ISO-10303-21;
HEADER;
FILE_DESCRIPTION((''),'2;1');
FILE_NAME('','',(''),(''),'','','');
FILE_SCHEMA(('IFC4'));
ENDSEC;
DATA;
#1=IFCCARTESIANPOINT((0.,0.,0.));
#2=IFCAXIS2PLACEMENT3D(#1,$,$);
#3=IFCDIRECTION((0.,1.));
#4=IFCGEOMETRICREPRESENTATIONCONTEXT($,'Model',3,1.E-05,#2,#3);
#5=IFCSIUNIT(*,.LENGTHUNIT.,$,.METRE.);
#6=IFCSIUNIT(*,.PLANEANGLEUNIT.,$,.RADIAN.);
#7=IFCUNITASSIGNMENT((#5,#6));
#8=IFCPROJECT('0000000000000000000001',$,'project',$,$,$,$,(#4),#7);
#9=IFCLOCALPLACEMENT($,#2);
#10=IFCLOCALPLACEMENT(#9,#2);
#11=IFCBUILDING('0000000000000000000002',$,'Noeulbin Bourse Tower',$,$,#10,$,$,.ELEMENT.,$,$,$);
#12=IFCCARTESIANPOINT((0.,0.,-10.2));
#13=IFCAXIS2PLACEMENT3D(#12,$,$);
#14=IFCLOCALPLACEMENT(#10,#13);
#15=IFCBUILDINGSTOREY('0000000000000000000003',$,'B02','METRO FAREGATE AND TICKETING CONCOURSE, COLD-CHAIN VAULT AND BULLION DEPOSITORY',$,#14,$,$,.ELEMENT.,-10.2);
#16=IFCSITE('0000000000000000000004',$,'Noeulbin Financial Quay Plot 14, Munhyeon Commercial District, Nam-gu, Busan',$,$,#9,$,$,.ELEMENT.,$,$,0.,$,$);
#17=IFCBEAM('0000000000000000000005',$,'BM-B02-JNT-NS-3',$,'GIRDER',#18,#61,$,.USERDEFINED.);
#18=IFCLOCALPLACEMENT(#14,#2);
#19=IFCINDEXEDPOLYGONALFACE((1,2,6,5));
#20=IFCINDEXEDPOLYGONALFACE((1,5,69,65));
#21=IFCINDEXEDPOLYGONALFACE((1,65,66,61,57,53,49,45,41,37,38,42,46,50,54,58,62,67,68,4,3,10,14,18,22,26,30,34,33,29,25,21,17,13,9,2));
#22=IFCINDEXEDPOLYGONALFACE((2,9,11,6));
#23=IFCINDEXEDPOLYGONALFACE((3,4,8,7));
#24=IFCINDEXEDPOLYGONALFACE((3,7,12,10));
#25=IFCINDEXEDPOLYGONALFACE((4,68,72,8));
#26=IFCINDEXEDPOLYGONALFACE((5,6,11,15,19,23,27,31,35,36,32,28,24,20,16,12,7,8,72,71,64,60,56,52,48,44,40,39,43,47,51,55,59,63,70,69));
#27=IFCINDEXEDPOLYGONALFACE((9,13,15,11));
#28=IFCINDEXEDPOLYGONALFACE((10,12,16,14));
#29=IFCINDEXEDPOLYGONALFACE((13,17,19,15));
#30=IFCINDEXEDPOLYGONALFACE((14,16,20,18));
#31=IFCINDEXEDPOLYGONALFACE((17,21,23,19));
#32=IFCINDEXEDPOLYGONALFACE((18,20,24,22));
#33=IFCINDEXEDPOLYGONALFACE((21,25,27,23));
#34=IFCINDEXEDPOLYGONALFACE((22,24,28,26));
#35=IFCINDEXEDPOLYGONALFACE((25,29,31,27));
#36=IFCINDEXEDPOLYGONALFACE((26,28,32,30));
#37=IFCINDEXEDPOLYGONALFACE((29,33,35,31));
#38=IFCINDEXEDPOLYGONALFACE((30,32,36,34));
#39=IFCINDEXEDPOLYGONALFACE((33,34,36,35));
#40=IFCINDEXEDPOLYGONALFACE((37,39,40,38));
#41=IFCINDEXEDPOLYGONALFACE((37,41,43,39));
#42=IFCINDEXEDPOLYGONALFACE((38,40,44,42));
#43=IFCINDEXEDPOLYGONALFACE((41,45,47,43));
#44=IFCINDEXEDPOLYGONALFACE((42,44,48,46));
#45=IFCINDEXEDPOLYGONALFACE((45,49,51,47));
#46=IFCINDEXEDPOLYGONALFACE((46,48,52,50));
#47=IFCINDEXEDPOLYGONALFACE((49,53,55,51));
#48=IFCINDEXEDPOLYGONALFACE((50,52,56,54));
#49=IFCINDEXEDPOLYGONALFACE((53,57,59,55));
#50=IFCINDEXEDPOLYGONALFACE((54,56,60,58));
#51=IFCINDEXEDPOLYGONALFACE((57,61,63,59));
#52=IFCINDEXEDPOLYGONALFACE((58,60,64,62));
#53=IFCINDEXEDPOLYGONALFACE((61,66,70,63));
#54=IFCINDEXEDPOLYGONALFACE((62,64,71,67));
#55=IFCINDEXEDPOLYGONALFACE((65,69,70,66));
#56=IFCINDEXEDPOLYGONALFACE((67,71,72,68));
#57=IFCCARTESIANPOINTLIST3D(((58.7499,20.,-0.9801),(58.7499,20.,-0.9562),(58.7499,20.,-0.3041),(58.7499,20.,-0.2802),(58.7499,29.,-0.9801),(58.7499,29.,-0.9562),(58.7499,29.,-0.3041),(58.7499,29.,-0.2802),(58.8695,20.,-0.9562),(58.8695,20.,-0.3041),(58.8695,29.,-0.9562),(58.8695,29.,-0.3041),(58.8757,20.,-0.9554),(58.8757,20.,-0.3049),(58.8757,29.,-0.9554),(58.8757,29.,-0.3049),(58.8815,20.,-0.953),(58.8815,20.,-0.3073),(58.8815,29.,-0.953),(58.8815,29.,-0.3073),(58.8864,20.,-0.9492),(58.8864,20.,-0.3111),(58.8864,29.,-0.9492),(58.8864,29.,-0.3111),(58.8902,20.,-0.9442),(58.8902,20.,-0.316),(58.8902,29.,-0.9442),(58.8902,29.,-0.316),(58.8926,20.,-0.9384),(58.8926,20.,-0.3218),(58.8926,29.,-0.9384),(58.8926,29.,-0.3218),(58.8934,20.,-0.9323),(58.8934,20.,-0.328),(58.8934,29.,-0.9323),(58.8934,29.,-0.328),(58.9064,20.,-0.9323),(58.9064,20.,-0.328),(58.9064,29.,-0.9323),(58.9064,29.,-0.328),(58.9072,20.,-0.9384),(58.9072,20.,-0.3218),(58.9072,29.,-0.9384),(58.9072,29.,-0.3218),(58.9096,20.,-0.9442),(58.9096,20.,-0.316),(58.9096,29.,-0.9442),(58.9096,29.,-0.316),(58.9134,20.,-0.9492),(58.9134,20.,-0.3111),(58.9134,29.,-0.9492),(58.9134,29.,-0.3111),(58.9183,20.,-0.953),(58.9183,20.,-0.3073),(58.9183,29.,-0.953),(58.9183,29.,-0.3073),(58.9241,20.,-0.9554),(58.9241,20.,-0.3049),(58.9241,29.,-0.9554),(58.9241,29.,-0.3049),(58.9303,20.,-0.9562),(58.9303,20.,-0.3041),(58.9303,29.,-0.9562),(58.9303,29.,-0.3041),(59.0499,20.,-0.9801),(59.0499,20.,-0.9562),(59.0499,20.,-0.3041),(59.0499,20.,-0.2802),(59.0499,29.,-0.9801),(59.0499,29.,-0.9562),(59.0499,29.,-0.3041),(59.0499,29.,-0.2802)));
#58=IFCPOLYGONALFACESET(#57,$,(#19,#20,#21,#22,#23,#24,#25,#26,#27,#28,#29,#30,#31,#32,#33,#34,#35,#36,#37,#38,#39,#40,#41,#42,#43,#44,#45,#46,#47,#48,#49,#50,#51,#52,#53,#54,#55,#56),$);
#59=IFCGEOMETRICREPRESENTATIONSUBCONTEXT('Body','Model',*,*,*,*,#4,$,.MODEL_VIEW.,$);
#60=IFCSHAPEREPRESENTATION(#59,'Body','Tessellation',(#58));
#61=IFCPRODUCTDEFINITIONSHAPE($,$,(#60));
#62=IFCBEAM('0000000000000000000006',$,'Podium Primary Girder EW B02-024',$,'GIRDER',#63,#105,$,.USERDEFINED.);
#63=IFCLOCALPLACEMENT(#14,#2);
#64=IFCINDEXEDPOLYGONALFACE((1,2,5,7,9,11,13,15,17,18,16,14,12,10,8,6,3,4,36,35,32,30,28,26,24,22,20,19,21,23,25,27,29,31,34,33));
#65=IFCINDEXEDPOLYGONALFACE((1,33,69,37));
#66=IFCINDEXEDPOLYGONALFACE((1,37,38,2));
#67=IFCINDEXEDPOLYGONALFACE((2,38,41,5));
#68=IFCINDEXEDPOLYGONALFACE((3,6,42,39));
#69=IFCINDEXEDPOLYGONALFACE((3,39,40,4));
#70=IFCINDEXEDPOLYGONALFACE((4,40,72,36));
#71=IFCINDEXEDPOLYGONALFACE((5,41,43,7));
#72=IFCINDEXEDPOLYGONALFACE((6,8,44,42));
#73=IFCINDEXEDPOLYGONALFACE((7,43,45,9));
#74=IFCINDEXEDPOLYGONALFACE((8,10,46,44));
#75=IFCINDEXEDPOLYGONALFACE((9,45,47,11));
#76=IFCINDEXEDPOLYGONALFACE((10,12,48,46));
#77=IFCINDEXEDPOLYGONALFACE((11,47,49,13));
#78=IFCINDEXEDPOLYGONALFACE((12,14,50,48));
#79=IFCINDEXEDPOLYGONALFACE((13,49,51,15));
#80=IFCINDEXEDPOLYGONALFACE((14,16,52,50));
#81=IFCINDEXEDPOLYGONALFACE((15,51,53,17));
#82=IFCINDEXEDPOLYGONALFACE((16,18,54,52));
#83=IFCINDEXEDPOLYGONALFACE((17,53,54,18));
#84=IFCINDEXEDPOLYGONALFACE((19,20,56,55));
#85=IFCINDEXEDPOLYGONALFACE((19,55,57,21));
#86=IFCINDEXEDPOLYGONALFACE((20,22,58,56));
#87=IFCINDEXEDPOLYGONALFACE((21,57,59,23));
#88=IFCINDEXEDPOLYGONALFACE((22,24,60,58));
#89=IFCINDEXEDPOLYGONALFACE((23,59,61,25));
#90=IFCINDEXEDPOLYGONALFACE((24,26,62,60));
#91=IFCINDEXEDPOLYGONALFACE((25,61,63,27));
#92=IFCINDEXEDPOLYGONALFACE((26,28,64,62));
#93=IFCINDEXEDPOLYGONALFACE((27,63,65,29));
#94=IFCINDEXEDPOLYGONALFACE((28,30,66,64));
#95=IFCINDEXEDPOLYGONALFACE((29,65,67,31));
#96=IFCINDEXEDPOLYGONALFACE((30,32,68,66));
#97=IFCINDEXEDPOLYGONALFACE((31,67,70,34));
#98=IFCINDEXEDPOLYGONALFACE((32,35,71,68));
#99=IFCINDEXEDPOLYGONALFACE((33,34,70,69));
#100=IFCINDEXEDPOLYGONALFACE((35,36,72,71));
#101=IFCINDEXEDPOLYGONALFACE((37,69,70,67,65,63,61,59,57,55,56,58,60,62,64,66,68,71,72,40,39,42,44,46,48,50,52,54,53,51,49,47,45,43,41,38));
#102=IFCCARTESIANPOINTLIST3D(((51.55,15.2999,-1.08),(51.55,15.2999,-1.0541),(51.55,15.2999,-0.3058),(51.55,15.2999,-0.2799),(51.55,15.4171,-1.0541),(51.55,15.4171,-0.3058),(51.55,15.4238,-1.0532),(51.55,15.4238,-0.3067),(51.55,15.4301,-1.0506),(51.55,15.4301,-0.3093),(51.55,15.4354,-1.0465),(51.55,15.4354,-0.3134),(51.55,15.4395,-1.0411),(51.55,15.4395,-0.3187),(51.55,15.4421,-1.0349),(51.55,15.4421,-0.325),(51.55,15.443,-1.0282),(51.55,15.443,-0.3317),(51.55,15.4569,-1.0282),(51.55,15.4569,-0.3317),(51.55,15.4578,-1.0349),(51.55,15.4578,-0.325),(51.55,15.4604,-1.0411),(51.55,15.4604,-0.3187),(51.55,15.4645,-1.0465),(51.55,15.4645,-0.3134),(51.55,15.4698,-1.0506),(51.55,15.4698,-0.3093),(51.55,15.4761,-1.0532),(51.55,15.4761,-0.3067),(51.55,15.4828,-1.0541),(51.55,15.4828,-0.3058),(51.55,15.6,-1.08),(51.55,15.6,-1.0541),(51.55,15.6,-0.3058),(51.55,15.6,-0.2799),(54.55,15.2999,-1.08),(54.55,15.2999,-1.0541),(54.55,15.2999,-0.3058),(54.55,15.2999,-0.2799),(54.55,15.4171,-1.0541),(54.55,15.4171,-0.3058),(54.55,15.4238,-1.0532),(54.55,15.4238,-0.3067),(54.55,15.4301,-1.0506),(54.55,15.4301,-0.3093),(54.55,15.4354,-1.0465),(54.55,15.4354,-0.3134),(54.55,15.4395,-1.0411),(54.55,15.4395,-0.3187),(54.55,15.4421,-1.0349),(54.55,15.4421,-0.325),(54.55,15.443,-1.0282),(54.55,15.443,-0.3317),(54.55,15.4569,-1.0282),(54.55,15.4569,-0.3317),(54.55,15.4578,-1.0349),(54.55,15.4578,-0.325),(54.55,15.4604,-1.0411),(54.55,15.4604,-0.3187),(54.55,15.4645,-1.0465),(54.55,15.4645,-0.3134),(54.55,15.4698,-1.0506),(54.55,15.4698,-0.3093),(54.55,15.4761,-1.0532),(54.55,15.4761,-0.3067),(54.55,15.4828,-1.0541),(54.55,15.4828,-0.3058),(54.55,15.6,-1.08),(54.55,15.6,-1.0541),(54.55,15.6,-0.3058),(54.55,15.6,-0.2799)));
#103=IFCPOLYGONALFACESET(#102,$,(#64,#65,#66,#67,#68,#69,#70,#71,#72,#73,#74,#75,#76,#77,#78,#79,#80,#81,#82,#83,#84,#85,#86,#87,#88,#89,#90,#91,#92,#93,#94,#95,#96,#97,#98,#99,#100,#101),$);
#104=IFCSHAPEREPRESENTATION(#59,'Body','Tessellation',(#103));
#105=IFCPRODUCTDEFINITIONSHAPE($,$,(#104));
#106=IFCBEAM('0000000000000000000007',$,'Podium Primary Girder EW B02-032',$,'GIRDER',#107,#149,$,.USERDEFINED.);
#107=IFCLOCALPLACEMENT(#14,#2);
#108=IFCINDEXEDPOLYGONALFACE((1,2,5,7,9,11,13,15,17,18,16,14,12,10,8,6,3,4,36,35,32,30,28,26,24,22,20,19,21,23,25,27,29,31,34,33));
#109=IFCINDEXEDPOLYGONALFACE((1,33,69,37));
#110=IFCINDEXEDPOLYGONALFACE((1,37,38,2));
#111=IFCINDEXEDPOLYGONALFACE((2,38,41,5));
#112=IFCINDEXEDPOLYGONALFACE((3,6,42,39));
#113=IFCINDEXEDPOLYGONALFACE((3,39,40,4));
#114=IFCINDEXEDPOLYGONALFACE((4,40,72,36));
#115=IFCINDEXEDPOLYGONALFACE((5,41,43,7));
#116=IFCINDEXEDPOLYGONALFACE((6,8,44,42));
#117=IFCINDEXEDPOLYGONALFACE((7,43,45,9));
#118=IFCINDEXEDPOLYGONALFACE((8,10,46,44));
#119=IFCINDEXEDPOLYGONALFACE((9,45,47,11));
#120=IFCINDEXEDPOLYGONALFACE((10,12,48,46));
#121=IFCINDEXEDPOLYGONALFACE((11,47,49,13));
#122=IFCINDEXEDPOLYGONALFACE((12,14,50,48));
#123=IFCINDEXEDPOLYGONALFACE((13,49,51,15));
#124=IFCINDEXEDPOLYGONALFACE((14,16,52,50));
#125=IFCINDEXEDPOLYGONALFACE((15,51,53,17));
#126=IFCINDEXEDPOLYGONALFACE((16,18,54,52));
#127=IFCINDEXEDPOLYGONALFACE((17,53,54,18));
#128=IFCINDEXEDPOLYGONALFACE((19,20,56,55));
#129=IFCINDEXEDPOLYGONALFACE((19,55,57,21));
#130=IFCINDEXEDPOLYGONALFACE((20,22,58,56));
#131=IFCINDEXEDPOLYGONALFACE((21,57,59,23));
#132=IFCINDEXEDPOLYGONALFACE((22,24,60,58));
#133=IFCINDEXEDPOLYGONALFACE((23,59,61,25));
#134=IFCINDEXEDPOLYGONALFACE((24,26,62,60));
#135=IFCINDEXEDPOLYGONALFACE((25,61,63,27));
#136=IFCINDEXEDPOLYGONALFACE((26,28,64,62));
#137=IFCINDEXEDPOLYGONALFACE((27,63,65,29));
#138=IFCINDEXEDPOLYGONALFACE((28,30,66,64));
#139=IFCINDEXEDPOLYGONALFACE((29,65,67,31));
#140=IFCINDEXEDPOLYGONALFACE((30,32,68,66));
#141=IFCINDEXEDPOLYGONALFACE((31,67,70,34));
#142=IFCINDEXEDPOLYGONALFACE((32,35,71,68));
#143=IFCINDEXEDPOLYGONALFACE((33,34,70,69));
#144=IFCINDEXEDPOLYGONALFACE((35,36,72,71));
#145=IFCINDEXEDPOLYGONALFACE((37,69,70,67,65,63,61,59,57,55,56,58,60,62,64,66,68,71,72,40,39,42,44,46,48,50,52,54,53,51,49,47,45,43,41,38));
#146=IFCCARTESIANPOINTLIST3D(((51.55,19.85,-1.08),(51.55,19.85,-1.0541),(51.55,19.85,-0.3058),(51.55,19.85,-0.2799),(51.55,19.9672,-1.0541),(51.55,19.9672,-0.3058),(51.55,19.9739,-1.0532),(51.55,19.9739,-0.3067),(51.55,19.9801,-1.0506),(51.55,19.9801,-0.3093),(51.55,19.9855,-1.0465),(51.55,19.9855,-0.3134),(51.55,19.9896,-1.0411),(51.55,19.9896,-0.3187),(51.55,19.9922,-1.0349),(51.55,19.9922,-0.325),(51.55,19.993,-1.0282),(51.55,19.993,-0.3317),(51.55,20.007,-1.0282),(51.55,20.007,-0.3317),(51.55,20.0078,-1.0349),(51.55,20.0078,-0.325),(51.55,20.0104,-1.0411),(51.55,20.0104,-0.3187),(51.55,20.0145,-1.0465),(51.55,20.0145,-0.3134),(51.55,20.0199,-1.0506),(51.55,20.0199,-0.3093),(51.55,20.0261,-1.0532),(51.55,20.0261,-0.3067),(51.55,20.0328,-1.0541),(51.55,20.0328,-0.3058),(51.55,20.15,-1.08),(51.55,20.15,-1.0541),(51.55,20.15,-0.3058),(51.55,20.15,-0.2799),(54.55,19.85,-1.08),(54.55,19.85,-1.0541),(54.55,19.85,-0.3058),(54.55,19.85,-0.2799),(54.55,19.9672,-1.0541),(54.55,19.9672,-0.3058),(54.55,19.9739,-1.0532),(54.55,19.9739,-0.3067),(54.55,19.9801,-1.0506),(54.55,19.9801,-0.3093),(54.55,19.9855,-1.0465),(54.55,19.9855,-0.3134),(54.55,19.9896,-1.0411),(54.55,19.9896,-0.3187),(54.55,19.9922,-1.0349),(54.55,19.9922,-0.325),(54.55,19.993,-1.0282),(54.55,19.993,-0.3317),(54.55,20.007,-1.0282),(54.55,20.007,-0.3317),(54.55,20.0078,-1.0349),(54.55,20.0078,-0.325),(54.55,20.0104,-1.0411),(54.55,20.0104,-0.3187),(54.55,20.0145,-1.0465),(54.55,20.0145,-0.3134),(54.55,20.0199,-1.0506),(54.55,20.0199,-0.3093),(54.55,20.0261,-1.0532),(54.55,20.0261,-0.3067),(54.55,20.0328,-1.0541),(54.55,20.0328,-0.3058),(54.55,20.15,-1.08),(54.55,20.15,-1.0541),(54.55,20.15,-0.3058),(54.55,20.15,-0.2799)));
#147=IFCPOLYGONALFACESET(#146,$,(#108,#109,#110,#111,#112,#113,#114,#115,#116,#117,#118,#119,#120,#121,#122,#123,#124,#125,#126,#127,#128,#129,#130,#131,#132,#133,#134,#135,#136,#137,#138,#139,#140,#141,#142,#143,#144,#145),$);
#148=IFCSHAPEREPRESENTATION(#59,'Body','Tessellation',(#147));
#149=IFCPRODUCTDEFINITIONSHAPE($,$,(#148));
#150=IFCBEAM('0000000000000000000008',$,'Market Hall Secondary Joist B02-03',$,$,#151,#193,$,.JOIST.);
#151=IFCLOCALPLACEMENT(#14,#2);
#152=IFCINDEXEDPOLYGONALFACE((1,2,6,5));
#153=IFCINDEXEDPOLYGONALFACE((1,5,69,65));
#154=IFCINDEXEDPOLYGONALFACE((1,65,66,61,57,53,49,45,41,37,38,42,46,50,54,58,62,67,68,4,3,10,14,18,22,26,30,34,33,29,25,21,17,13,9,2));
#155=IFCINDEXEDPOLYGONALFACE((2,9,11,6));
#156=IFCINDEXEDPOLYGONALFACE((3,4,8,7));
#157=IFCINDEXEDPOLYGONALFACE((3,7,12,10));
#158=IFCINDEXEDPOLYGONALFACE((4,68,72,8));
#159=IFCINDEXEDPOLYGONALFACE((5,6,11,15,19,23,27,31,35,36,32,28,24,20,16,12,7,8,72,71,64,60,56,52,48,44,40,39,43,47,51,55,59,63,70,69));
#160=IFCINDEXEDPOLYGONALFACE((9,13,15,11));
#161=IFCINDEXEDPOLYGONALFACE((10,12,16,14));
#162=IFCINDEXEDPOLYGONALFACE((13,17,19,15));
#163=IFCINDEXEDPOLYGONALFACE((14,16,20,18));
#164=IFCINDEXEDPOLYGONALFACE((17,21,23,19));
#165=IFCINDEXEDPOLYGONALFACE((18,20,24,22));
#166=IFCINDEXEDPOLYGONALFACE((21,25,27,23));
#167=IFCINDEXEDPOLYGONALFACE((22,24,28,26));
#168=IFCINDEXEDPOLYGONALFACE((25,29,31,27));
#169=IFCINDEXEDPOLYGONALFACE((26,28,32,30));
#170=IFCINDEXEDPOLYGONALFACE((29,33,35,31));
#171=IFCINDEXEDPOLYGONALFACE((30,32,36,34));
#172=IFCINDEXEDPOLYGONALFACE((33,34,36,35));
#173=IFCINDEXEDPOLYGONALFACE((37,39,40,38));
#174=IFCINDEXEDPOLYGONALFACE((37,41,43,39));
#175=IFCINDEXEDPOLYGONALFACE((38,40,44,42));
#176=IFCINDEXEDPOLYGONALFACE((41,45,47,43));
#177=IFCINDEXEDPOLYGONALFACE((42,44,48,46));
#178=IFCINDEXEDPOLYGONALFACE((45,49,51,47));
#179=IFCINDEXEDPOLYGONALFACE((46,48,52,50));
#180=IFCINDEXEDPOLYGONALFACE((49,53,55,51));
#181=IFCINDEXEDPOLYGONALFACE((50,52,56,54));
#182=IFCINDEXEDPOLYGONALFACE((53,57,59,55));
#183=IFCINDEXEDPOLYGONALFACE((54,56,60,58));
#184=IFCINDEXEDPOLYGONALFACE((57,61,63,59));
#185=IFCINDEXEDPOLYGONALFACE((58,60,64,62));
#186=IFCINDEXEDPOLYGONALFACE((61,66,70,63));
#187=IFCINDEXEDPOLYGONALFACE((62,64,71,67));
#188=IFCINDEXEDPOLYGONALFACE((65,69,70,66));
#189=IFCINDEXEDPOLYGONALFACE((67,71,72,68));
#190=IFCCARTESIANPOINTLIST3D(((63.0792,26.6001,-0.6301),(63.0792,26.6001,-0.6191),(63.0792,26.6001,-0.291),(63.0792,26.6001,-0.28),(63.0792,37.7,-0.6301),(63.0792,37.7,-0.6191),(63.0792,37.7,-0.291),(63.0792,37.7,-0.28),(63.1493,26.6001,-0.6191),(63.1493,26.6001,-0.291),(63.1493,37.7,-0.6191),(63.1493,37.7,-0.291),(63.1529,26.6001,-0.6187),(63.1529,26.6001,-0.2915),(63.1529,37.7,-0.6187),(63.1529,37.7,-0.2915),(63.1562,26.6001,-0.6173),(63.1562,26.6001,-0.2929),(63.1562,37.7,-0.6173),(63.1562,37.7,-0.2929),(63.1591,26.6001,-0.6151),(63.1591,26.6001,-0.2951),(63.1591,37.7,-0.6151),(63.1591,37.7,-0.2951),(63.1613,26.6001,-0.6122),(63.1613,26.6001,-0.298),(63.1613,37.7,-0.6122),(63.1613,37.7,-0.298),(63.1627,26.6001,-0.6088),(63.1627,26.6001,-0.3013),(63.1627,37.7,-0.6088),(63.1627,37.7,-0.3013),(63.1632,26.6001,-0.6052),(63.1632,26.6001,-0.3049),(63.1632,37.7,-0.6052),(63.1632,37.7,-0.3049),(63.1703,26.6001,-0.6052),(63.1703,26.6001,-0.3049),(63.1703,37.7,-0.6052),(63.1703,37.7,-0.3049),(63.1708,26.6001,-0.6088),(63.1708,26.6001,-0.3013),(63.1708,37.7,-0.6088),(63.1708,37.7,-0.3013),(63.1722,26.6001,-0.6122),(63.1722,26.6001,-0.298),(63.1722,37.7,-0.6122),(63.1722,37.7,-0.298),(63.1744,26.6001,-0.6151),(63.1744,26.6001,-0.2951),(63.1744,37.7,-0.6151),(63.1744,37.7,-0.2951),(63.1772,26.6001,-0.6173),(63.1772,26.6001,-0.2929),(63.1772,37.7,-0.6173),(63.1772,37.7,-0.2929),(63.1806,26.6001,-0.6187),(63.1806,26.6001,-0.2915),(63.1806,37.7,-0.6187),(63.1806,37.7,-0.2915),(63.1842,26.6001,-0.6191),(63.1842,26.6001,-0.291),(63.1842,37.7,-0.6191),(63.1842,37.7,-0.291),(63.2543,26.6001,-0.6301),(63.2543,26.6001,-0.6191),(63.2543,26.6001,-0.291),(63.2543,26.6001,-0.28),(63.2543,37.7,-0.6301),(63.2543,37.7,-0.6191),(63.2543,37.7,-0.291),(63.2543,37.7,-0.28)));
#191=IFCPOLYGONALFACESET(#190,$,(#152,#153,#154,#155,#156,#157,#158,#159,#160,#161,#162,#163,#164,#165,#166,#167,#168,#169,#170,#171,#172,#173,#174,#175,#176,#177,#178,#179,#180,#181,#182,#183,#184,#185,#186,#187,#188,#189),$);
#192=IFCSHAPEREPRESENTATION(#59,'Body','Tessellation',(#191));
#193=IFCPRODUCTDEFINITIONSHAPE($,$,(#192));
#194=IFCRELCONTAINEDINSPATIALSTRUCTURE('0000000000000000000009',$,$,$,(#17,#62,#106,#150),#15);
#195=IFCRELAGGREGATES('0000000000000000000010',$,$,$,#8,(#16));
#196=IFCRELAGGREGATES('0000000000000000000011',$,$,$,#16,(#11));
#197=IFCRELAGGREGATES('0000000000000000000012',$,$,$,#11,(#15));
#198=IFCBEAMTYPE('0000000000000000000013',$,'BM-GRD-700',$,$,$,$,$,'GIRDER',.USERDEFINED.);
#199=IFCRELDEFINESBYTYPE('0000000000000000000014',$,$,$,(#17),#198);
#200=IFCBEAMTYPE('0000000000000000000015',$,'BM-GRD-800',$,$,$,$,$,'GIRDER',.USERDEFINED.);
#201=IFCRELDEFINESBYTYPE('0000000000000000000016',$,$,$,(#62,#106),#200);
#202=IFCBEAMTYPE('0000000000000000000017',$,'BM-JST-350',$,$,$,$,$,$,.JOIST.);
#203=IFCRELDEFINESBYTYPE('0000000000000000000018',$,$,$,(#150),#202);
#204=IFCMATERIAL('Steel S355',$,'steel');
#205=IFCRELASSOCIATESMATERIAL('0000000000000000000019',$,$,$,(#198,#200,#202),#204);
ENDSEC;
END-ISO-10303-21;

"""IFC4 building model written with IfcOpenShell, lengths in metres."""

from ifc_helpers import new_model, si_unit, direction, frame, origin, origin_2d, place, context, subcontext, project, spatial, i_section, extrude, material, material_profile, profile_set, type_object, element, save


model = new_model("IFC4")

# Units and contexts
model_context = context("Model", 3, precision=1e-05, world=origin(), true_north=direction((0.0, 1.0)))
body_context = subcontext(model_context, "Body", "Model", "MODEL_VIEW")
ifc_project = project(units=[si_unit("LENGTHUNIT", "METRE"), si_unit("PLANEANGLEUNIT", "RADIAN")], contexts=[model_context])

# Site, building, storey
site_placement = place(None, origin())
site = spatial("IfcSite", under=ifc_project, at=site_placement, Name="Noeulbin Financial Quay Plot 14, Munhyeon Commercial District, Nam-gu, Busan", CompositionType="ELEMENT", RefElevation=0.0)
building_placement = place(site_placement, origin())
building = spatial("IfcBuilding", under=site, at=building_placement, Name="Noeulbin Bourse Tower", CompositionType="ELEMENT")
storey_placement = place(building_placement, frame((0.0, 0.0, -10.2)))
storey = spatial("IfcBuildingStorey", under=building, at=storey_placement, Name="B02", Description="METRO FAREGATE AND TICKETING CONCOURSE, COLD-CHAIN VAULT AND BULLION DEPOSITORY", CompositionType="ELEMENT", Elevation=-10.2)

# Beams
ifc_material_1 = material(Name="Steel S355", Category="steel")
ifc_material_profile_1 = material_profile(ifc_material_1, i_section(OverallWidth=0.3, OverallDepth=0.7, WebThickness=0.0129, FlangeThickness=0.0239, FilletRadius=0.0239, at=origin_2d()), Name="H-700x300x13x24", Category="LoadBearing")
ifc_profile_set_1 = profile_set([ifc_material_profile_1], Name="Steel S355")
beam_type_1 = type_object("IfcBeamType", Name="BM-GRD-700", ElementType="GIRDER", PredefinedType="USERDEFINED", material=ifc_profile_set_1)
beam_1_placement = place(storey_placement, frame((58.8999, 20.0, -0.6301), z_axis=(0.0, 1.0, 0.0), x_axis=(-1.0, 0.0, 0.0)))
element("IfcBeam", 1, at=beam_1_placement, inside=storey, type_object=beam_type_1, Name="BM-B02-JNT-NS-3", ObjectType="GIRDER", PredefinedType="USERDEFINED", context=body_context, shape_type="SweptSolid", body=[
    extrude(i_section(OverallWidth=0.3, OverallDepth=0.7, WebThickness=0.0129, FlangeThickness=0.0239, FilletRadius=0.0239, at=origin_2d()), origin(), (0.0, 0.0, 1.0), 9.0),
])
ifc_material_profile_2 = material_profile(ifc_material_1, i_section(OverallWidth=0.3, OverallDepth=0.8, WebThickness=0.0139, FlangeThickness=0.0259, FilletRadius=0.0259, at=origin_2d()), Name="H-800x300x14x26", Category="LoadBearing")
ifc_profile_set_2 = profile_set([ifc_material_profile_2], Name="Steel S355")
beam_type_2 = type_object("IfcBeamType", Name="BM-GRD-800", ElementType="GIRDER", PredefinedType="USERDEFINED", material=ifc_profile_set_2)
for number, where, z_axis, x_axis, name in (
    (2, (51.55, 15.45, -0.6799), (1.0, 0.0, 0.0), (0.0, 1.0, 0.0), "Podium Primary Girder EW B02-024"),
    (3, (51.55, 20.0, -0.6799), (1.0, 0.0, 0.0), (0.0, 1.0, 0.0), "Podium Primary Girder EW B02-032"),
):
    element("IfcBeam", number, at=place(storey_placement, frame(where, z_axis=z_axis, x_axis=x_axis)), inside=storey, type_object=beam_type_2, Name=name, ObjectType="GIRDER", PredefinedType="USERDEFINED", context=body_context, shape_type="SweptSolid", body=[
        extrude(i_section(OverallWidth=0.3, OverallDepth=0.8, WebThickness=0.0139, FlangeThickness=0.0259, FilletRadius=0.0259, at=origin_2d()), origin(), (0.0, 0.0, 1.0), 3.0),
    ])
ifc_material_profile_3 = material_profile(ifc_material_1, i_section(OverallWidth=0.175, OverallDepth=0.3501, WebThickness=0.0071, FlangeThickness=0.011, FilletRadius=0.0139, at=origin_2d()), Name="H-350x175x7x11", Category="LoadBearing")
ifc_profile_set_3 = profile_set([ifc_material_profile_3], Name="Steel S355")
beam_type_3 = type_object("IfcBeamType", Name="BM-JST-350", PredefinedType="JOIST", material=ifc_profile_set_3)
for number, where, z_axis, x_axis, name in (
    (4, (63.1667, 26.6001, -0.4551), (0.0, 1.0, 0.0), (-1.0, 0.0, 0.0), "Market Hall Secondary Joist B02-03"),
):
    element("IfcBeam", number, at=place(storey_placement, frame(where, z_axis=z_axis, x_axis=x_axis)), inside=storey, type_object=beam_type_3, Name=name, PredefinedType="JOIST", context=body_context, shape_type="SweptSolid", body=[
        extrude(i_section(OverallWidth=0.175, OverallDepth=0.3501, WebThickness=0.0071, FlangeThickness=0.011, FilletRadius=0.0139, at=origin_2d()), origin(), (0.0, 0.0, 1.0), 11.0999),
    ])

save(model, "model.ifc")
